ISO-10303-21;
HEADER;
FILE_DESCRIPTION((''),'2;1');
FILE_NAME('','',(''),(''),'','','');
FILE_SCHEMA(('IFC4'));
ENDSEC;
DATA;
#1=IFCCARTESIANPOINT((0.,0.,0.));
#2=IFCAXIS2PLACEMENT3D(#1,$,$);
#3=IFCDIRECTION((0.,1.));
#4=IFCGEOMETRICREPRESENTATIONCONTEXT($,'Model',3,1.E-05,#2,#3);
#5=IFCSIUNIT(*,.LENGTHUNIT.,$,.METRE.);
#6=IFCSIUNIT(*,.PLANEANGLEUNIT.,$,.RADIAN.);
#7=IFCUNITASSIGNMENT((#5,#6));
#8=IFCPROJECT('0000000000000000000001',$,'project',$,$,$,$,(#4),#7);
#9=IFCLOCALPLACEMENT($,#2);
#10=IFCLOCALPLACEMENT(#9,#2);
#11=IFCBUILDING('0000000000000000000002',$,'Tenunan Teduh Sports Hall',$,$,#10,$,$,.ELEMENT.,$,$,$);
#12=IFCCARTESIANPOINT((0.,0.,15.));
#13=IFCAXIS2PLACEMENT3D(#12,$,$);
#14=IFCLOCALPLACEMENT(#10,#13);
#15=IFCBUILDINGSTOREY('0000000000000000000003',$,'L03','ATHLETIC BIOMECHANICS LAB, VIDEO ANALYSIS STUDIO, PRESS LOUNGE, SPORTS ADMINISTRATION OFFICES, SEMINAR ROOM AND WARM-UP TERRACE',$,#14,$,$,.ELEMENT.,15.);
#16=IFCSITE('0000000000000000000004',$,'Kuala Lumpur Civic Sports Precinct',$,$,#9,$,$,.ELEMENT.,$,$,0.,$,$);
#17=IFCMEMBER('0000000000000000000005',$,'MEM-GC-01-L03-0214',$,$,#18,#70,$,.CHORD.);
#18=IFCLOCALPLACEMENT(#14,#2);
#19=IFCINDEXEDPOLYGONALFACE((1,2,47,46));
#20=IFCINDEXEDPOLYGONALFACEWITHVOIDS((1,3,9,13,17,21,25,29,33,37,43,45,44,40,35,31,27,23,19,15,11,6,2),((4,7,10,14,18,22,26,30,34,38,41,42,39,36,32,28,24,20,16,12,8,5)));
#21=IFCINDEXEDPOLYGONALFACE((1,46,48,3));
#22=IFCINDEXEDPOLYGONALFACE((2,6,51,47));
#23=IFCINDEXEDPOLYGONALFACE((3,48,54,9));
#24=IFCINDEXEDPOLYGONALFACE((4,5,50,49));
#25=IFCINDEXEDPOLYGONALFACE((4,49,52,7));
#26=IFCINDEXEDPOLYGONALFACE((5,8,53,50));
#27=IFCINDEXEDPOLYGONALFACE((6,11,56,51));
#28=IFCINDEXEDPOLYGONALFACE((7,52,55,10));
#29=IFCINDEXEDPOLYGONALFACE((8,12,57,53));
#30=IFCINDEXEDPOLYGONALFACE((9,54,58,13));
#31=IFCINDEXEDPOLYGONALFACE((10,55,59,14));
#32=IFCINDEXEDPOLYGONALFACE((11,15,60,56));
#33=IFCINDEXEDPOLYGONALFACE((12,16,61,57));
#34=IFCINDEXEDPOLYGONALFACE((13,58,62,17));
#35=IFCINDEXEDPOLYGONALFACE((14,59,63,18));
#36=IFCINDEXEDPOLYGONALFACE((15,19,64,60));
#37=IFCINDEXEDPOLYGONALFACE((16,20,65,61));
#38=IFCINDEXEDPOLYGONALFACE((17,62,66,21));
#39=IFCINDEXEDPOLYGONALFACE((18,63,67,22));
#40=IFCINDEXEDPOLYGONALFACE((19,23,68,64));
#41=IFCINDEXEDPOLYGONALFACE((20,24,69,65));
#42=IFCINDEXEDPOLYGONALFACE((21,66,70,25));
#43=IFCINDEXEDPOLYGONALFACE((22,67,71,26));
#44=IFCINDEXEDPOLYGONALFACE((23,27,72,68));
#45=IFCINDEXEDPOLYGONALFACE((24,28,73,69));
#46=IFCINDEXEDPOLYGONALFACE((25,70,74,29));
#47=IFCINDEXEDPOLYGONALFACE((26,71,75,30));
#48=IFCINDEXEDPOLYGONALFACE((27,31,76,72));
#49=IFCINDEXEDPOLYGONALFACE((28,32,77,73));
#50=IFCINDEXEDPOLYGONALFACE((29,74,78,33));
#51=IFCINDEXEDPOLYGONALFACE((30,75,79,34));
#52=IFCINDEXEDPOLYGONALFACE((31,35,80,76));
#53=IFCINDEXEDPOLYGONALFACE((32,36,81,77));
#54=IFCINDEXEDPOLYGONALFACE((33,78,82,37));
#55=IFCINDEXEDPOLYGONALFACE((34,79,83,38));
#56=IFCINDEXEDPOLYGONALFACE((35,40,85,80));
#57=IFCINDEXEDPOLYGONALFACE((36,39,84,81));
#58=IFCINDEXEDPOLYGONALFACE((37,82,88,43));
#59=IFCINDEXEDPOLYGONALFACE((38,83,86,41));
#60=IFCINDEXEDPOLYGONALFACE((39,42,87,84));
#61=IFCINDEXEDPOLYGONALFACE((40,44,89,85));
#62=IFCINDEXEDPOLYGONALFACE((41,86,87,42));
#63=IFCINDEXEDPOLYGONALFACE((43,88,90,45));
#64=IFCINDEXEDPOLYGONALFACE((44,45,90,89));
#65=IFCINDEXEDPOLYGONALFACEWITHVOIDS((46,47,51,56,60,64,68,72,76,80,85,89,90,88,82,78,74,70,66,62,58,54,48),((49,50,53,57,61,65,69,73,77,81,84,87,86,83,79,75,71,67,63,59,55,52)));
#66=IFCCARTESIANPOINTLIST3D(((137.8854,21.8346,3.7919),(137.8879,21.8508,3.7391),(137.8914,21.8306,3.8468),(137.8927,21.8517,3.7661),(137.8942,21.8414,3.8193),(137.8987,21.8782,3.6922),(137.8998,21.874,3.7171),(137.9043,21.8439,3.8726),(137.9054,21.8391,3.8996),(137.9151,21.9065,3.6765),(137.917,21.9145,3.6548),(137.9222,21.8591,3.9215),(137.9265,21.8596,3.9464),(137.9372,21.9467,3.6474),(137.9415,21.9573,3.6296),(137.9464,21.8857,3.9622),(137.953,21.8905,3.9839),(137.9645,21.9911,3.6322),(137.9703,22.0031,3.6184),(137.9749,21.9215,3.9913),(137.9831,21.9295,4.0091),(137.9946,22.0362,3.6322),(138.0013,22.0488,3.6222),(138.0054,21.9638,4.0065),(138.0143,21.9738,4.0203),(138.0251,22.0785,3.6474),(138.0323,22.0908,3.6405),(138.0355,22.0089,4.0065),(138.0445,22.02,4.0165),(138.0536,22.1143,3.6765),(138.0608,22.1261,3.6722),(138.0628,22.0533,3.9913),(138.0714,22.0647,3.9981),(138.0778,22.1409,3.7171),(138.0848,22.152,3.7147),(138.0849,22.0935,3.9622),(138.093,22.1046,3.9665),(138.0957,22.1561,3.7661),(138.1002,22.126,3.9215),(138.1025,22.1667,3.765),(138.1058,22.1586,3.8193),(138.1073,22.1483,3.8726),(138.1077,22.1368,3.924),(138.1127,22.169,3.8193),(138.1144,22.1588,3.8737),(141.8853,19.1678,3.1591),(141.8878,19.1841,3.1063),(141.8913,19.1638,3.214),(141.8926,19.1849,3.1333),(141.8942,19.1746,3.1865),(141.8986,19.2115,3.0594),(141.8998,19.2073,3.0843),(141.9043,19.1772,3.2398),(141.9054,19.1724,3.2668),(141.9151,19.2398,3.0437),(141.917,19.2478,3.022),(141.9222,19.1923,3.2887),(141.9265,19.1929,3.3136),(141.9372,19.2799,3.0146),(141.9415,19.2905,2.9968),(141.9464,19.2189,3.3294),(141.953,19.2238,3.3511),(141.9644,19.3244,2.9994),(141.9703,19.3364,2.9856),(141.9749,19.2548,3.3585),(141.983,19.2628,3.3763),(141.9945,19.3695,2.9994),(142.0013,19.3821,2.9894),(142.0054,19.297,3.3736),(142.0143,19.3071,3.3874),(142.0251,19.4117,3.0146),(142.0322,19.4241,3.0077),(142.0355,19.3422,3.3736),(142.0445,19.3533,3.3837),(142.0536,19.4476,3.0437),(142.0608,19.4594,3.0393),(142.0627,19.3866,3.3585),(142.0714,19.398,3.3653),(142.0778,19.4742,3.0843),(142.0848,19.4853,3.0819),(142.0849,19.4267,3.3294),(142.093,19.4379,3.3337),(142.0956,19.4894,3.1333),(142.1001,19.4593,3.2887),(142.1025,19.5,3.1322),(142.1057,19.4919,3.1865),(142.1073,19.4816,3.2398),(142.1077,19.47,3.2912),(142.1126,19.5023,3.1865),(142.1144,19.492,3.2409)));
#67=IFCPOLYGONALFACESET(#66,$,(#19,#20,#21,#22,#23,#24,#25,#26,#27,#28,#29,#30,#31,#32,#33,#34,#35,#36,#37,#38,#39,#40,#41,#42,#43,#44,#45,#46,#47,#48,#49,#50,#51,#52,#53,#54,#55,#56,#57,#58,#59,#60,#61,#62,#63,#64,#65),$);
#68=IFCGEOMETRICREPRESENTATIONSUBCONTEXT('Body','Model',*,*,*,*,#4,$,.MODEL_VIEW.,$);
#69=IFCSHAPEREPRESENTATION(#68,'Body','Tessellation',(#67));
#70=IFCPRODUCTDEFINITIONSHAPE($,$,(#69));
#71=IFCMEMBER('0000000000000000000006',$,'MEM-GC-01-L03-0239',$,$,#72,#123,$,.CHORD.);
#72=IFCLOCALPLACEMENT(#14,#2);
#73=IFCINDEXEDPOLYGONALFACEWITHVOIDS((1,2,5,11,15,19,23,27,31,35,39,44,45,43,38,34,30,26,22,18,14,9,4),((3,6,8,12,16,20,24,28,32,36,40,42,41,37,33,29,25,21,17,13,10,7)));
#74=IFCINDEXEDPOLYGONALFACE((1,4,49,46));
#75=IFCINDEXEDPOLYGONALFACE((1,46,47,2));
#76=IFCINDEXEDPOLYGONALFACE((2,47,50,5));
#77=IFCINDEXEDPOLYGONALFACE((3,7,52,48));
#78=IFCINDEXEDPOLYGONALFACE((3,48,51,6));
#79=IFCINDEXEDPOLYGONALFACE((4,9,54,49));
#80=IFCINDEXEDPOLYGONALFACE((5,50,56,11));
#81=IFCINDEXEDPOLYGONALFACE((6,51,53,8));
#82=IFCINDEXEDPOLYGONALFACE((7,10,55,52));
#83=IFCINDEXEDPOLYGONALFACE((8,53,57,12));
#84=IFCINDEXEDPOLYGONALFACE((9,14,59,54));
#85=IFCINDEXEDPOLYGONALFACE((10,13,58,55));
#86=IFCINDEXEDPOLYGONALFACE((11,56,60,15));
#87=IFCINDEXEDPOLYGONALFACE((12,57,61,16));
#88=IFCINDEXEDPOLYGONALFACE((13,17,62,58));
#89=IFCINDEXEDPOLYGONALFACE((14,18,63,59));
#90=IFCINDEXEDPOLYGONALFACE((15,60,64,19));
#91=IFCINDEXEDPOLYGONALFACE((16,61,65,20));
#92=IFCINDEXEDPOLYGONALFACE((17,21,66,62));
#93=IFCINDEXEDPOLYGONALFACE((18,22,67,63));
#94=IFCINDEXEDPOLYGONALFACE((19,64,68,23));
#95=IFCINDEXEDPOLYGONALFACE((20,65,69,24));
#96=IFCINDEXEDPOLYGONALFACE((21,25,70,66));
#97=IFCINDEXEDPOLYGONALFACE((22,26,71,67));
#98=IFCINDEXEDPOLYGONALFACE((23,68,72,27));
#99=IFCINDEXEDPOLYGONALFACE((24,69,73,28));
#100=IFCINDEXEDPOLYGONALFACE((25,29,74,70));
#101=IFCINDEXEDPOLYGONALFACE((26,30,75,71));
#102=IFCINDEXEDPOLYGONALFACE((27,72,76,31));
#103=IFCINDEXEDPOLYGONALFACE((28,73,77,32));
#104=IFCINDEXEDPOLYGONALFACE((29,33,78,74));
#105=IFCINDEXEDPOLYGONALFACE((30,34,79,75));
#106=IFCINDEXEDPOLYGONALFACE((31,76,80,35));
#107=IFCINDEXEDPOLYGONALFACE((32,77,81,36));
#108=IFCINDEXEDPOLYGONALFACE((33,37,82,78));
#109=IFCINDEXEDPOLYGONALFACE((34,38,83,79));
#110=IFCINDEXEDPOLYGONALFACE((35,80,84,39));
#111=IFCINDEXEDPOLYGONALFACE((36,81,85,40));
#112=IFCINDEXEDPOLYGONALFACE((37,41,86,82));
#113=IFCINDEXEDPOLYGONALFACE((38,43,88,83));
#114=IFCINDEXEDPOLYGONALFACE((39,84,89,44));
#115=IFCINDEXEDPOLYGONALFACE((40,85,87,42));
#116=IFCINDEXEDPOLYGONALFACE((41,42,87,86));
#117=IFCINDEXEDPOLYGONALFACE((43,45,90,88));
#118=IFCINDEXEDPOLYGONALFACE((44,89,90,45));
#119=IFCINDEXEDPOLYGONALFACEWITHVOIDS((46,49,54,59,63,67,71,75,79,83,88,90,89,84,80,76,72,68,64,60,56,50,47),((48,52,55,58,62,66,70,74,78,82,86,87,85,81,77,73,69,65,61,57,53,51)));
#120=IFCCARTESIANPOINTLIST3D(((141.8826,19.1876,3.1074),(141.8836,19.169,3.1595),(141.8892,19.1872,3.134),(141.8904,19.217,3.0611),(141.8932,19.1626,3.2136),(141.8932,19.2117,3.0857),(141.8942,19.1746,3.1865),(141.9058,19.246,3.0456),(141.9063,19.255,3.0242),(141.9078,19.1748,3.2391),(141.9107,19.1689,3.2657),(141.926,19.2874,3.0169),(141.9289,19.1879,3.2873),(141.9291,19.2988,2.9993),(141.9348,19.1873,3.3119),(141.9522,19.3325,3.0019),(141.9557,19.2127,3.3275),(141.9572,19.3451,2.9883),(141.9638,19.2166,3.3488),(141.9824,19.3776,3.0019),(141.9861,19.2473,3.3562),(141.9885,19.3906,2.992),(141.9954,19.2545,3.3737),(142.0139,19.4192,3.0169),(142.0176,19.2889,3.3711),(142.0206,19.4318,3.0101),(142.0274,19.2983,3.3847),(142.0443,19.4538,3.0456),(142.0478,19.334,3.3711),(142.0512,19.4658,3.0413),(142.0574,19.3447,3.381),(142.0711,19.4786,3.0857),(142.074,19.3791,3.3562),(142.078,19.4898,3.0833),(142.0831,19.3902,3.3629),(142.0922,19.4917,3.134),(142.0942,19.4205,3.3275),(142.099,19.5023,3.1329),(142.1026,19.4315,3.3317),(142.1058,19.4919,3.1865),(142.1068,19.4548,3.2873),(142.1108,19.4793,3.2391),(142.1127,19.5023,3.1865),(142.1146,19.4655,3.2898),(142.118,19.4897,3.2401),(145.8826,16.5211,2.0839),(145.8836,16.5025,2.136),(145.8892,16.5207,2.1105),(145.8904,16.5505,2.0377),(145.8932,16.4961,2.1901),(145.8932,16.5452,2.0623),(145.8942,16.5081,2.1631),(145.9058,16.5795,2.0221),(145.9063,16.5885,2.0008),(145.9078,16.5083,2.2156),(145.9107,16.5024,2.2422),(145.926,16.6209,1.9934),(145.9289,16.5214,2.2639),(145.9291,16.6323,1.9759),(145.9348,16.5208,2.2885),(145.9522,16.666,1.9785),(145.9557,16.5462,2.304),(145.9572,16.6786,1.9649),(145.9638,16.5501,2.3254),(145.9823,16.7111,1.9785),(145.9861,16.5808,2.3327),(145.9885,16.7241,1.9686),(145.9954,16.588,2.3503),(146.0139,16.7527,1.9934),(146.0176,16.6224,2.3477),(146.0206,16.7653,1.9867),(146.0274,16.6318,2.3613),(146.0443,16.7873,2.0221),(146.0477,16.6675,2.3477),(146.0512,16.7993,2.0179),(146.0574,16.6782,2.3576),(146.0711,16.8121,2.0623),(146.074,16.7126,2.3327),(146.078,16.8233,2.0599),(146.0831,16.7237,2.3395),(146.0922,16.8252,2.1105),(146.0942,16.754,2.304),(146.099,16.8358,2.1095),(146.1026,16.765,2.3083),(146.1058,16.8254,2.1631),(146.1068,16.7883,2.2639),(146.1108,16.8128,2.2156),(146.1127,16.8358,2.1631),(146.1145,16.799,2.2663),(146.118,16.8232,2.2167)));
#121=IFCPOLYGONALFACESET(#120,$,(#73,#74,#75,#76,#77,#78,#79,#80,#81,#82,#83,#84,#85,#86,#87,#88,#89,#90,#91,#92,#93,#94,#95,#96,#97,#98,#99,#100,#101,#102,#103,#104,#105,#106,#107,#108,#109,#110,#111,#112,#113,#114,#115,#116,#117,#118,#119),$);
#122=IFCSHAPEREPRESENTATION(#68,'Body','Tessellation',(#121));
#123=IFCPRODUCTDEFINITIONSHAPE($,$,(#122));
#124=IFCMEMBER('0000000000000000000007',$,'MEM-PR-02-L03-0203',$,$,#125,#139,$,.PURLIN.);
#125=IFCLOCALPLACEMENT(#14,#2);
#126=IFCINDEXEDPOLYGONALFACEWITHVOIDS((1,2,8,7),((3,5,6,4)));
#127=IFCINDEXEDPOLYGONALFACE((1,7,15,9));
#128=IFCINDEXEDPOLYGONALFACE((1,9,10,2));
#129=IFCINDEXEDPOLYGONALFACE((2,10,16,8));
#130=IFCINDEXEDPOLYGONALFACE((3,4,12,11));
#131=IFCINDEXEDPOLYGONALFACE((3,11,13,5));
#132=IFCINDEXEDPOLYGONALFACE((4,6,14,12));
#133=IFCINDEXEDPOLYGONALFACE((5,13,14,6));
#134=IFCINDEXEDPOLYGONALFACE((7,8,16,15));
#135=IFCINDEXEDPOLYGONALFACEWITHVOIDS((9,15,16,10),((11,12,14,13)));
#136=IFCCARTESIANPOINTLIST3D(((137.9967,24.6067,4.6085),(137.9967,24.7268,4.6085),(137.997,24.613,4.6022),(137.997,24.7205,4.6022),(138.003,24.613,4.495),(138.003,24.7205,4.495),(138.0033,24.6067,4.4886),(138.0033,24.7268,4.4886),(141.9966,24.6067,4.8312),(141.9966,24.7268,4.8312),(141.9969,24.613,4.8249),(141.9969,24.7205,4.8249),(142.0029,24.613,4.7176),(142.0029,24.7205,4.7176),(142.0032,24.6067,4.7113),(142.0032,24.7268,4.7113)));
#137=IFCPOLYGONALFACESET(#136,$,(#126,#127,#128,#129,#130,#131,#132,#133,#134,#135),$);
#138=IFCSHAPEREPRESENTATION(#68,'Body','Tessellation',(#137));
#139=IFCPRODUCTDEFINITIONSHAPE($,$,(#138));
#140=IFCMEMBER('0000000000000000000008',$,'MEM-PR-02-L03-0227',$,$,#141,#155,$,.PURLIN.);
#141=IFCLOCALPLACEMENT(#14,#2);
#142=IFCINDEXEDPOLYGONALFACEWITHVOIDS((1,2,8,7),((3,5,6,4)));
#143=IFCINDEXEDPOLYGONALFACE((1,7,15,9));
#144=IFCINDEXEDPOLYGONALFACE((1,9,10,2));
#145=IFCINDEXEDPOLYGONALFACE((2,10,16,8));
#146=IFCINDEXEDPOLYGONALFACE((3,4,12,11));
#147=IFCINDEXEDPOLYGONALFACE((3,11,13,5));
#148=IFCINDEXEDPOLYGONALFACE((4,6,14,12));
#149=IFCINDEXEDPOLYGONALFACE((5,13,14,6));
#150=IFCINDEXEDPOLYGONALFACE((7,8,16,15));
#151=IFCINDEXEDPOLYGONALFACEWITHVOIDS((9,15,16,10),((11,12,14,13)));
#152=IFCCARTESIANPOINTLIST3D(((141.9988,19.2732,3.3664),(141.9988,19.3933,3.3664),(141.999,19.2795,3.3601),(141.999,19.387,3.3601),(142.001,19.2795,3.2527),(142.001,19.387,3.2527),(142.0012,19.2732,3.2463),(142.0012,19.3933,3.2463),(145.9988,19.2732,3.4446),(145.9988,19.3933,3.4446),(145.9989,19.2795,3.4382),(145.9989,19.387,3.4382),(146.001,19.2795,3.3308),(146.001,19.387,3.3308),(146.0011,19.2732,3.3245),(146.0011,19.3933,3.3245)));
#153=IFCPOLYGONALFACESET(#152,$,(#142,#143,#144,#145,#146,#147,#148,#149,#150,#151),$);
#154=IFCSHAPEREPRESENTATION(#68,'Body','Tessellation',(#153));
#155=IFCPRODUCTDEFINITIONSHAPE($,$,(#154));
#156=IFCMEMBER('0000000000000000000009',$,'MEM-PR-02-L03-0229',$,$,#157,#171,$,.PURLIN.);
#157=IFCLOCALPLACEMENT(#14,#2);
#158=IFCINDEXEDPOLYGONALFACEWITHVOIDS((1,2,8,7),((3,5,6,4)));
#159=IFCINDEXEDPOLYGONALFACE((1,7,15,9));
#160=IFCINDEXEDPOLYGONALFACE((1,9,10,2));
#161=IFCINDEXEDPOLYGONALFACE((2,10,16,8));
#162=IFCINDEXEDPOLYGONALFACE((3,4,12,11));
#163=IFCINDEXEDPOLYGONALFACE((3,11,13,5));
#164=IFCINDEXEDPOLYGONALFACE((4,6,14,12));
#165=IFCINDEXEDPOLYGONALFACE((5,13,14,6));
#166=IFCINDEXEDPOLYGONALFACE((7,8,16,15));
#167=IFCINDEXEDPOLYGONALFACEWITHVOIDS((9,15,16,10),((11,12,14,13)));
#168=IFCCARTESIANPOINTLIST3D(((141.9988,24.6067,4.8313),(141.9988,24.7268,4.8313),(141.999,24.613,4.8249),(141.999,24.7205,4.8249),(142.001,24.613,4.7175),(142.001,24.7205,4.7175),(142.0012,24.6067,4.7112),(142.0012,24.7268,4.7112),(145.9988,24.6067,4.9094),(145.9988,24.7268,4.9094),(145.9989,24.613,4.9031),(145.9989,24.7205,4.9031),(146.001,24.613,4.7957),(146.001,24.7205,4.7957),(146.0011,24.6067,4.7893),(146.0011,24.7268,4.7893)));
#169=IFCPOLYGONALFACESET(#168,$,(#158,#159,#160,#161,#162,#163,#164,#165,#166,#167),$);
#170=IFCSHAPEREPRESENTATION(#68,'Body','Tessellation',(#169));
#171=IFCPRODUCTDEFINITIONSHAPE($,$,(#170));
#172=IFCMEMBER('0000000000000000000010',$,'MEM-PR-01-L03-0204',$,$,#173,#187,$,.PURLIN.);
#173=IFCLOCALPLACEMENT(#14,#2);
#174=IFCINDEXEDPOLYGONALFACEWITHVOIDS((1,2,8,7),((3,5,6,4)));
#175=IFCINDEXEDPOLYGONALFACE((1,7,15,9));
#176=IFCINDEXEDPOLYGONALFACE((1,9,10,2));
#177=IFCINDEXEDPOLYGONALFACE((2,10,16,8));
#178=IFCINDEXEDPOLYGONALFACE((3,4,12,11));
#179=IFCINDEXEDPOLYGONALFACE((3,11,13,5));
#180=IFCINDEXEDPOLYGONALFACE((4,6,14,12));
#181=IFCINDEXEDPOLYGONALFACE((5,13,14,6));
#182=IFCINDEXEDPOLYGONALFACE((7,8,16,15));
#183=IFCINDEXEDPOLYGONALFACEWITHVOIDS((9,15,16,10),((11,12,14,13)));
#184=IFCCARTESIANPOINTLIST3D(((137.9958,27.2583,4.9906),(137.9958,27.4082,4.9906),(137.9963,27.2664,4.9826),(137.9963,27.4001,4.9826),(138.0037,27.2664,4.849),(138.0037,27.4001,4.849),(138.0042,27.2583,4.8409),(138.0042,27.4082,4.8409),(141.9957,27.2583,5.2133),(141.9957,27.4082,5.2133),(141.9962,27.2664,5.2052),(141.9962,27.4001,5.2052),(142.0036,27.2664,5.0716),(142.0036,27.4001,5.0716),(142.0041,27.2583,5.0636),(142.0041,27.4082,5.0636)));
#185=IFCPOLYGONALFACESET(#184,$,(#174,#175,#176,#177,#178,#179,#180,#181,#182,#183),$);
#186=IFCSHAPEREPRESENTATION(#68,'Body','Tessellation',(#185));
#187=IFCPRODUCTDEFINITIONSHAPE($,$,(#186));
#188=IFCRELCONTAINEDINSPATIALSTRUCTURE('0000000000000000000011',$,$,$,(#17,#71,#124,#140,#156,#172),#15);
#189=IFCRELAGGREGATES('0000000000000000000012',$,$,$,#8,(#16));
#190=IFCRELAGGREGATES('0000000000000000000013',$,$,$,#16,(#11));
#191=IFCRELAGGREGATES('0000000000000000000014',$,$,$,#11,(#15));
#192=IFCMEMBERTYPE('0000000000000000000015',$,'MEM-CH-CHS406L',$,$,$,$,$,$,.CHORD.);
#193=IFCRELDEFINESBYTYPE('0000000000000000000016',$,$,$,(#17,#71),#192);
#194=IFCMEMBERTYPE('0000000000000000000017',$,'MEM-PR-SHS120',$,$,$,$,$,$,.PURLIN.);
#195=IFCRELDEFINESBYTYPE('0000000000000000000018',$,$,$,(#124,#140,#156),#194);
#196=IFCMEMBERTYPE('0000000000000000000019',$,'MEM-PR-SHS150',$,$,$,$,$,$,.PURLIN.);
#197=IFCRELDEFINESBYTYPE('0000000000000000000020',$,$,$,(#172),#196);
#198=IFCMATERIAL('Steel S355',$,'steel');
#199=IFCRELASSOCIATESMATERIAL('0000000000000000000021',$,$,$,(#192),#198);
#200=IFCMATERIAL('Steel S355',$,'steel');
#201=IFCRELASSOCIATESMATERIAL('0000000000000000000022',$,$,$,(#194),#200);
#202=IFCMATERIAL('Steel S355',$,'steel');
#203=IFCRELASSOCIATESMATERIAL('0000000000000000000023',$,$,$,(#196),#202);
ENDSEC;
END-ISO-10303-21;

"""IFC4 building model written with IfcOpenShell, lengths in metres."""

from ifc_helpers import new_model, si_unit, direction, frame, origin, origin_2d, place, context, subcontext, project, spatial, hollow_rectangle, hollow_circle, extrude, material, material_profile, profile_set, type_object, element, save


model = new_model("IFC4")

# Units and contexts
model_context = context("Model", 3, precision=1e-05, world=origin(), true_north=direction((0.0, 1.0)))
body_context = subcontext(model_context, "Body", "Model", "MODEL_VIEW")
ifc_project = project(units=[si_unit("LENGTHUNIT", "METRE"), si_unit("PLANEANGLEUNIT", "RADIAN")], contexts=[model_context])

# Site, building, storey
site_placement = place(None, origin())
site = spatial("IfcSite", under=ifc_project, at=site_placement, Name="Kuala Lumpur Civic Sports Precinct", CompositionType="ELEMENT", RefElevation=0.0)
building_placement = place(site_placement, origin())
building = spatial("IfcBuilding", under=site, at=building_placement, Name="Tenunan Teduh Sports Hall", CompositionType="ELEMENT")
storey_placement = place(building_placement, frame((0.0, 0.0, 15.0)))
storey = spatial("IfcBuildingStorey", under=building, at=storey_placement, Name="L03", Description="ATHLETIC BIOMECHANICS LAB, VIDEO ANALYSIS STUDIO, PRESS LOUNGE, SPORTS ADMINISTRATION OFFICES, SEMINAR ROOM AND WARM-UP TERRACE", CompositionType="ELEMENT", Elevation=15.0)

# Members
ifc_material_1 = material(Name="Steel S355", Category="steel")
ifc_material_profile_1 = material_profile(ifc_material_1, hollow_circle(Radius=0.2031, WallThickness=0.0125, at=origin_2d()), Name="CHS 406.4x12.5")
ifc_profile_set_1 = profile_set([ifc_material_profile_1], Name="Steel S355")
member_type_1 = type_object("IfcMemberType", Name="MEM-CH-CHS406L", PredefinedType="CHORD", material=ifc_profile_set_1)
member_1_placement = place(storey_placement, frame((138.0, 22.0, 3.8193), z_axis=(0.824926, -0.549968, -0.130506), x_axis=(0.554712, 0.832042, 0.0)))
element("IfcMember", 1, at=member_1_placement, inside=storey, type_object=member_type_1, Name="MEM-GC-01-L03-0214", PredefinedType="CHORD", context=body_context, shape_type="SweptSolid", body=[
    extrude(hollow_circle(Radius=0.2031, WallThickness=0.0125, at=origin_2d()), origin(), (0.0, 0.0, 1.0), 4.8489),
])
member_2_placement = place(storey_placement, frame((142.0, 19.3333, 3.1865), z_axis=(0.813828, -0.542519, -0.208225), x_axis=(0.554677, 0.832066, 0.0)))
element("IfcMember", 2, at=member_2_placement, inside=storey, type_object=member_type_1, Name="MEM-GC-01-L03-0239", PredefinedType="CHORD", context=body_context, shape_type="SweptSolid", body=[
    extrude(hollow_circle(Radius=0.2031, WallThickness=0.0125, at=origin_2d()), origin(), (0.0, 0.0, 1.0), 4.915),
])
ifc_material_2 = material(Name="Steel S355", Category="steel")
ifc_material_profile_2 = material_profile(ifc_material_2, hollow_rectangle(XDim=0.1201, YDim=0.1201, WallThickness=0.0063, at=origin_2d()), Name="SHS 120x120x6.3")
ifc_profile_set_2 = profile_set([ifc_material_profile_2], Name="Steel S355")
member_type_2 = type_object("IfcMemberType", Name="MEM-PR-SHS120", PredefinedType="PURLIN", material=ifc_profile_set_2)
member_3_placement = place(storey_placement, frame((138.0, 24.6667, 4.5486), z_axis=(0.998454, 0.0, 0.055578), x_axis=(0.0, 1.0, 0.0)))
element("IfcMember", 3, at=member_3_placement, inside=storey, type_object=member_type_2, Name="MEM-PR-02-L03-0203", PredefinedType="PURLIN", context=body_context, shape_type="SweptSolid", body=[
    extrude(hollow_rectangle(XDim=0.1201, YDim=0.1201, WallThickness=0.0063, at=origin_2d()), origin(), (0.0, 0.0, 1.0), 4.0061),
])
for number, where, z_axis, x_axis, name in (
    (4, (142.0, 19.3333, 3.3064), (0.999809, 0.0, 0.019528), (0.0, 1.0, 0.0), "MEM-PR-02-L03-0227"),
    (5, (142.0, 24.6667, 4.7712), (0.999809, 0.0, 0.019528), (0.0, 1.0, 0.0), "MEM-PR-02-L03-0229"),
):
    element("IfcMember", number, at=place(storey_placement, frame(where, z_axis=z_axis, x_axis=x_axis)), inside=storey, type_object=member_type_2, Name=name, PredefinedType="PURLIN", context=body_context, shape_type="SweptSolid", body=[
        extrude(hollow_rectangle(XDim=0.1201, YDim=0.1201, WallThickness=0.0063, at=origin_2d()), origin(), (0.0, 0.0, 1.0), 4.0007),
    ])
ifc_material_3 = material(Name="Steel S355", Category="steel")
ifc_material_profile_3 = material_profile(ifc_material_3, hollow_rectangle(XDim=0.1499, YDim=0.1499, WallThickness=0.0081, at=origin_2d()), Name="SHS 150x150x8.0")
ifc_profile_set_3 = profile_set([ifc_material_profile_3], Name="Steel S355")
member_type_3 = type_object("IfcMemberType", Name="MEM-PR-SHS150", PredefinedType="PURLIN", material=ifc_profile_set_3)
member_4_placement = place(storey_placement, frame((138.0, 27.3333, 4.9158), z_axis=(0.998454, 0.0, 0.055578), x_axis=(0.0, 1.0, 0.0)))
element("IfcMember", 6, at=member_4_placement, inside=storey, type_object=member_type_3, Name="MEM-PR-01-L03-0204", PredefinedType="PURLIN", context=body_context, shape_type="SweptSolid", body=[
    extrude(hollow_rectangle(XDim=0.1499, YDim=0.1499, WallThickness=0.0081, at=origin_2d()), origin(), (0.0, 0.0, 1.0), 4.0061),
])

save(model, "model.ifc")
